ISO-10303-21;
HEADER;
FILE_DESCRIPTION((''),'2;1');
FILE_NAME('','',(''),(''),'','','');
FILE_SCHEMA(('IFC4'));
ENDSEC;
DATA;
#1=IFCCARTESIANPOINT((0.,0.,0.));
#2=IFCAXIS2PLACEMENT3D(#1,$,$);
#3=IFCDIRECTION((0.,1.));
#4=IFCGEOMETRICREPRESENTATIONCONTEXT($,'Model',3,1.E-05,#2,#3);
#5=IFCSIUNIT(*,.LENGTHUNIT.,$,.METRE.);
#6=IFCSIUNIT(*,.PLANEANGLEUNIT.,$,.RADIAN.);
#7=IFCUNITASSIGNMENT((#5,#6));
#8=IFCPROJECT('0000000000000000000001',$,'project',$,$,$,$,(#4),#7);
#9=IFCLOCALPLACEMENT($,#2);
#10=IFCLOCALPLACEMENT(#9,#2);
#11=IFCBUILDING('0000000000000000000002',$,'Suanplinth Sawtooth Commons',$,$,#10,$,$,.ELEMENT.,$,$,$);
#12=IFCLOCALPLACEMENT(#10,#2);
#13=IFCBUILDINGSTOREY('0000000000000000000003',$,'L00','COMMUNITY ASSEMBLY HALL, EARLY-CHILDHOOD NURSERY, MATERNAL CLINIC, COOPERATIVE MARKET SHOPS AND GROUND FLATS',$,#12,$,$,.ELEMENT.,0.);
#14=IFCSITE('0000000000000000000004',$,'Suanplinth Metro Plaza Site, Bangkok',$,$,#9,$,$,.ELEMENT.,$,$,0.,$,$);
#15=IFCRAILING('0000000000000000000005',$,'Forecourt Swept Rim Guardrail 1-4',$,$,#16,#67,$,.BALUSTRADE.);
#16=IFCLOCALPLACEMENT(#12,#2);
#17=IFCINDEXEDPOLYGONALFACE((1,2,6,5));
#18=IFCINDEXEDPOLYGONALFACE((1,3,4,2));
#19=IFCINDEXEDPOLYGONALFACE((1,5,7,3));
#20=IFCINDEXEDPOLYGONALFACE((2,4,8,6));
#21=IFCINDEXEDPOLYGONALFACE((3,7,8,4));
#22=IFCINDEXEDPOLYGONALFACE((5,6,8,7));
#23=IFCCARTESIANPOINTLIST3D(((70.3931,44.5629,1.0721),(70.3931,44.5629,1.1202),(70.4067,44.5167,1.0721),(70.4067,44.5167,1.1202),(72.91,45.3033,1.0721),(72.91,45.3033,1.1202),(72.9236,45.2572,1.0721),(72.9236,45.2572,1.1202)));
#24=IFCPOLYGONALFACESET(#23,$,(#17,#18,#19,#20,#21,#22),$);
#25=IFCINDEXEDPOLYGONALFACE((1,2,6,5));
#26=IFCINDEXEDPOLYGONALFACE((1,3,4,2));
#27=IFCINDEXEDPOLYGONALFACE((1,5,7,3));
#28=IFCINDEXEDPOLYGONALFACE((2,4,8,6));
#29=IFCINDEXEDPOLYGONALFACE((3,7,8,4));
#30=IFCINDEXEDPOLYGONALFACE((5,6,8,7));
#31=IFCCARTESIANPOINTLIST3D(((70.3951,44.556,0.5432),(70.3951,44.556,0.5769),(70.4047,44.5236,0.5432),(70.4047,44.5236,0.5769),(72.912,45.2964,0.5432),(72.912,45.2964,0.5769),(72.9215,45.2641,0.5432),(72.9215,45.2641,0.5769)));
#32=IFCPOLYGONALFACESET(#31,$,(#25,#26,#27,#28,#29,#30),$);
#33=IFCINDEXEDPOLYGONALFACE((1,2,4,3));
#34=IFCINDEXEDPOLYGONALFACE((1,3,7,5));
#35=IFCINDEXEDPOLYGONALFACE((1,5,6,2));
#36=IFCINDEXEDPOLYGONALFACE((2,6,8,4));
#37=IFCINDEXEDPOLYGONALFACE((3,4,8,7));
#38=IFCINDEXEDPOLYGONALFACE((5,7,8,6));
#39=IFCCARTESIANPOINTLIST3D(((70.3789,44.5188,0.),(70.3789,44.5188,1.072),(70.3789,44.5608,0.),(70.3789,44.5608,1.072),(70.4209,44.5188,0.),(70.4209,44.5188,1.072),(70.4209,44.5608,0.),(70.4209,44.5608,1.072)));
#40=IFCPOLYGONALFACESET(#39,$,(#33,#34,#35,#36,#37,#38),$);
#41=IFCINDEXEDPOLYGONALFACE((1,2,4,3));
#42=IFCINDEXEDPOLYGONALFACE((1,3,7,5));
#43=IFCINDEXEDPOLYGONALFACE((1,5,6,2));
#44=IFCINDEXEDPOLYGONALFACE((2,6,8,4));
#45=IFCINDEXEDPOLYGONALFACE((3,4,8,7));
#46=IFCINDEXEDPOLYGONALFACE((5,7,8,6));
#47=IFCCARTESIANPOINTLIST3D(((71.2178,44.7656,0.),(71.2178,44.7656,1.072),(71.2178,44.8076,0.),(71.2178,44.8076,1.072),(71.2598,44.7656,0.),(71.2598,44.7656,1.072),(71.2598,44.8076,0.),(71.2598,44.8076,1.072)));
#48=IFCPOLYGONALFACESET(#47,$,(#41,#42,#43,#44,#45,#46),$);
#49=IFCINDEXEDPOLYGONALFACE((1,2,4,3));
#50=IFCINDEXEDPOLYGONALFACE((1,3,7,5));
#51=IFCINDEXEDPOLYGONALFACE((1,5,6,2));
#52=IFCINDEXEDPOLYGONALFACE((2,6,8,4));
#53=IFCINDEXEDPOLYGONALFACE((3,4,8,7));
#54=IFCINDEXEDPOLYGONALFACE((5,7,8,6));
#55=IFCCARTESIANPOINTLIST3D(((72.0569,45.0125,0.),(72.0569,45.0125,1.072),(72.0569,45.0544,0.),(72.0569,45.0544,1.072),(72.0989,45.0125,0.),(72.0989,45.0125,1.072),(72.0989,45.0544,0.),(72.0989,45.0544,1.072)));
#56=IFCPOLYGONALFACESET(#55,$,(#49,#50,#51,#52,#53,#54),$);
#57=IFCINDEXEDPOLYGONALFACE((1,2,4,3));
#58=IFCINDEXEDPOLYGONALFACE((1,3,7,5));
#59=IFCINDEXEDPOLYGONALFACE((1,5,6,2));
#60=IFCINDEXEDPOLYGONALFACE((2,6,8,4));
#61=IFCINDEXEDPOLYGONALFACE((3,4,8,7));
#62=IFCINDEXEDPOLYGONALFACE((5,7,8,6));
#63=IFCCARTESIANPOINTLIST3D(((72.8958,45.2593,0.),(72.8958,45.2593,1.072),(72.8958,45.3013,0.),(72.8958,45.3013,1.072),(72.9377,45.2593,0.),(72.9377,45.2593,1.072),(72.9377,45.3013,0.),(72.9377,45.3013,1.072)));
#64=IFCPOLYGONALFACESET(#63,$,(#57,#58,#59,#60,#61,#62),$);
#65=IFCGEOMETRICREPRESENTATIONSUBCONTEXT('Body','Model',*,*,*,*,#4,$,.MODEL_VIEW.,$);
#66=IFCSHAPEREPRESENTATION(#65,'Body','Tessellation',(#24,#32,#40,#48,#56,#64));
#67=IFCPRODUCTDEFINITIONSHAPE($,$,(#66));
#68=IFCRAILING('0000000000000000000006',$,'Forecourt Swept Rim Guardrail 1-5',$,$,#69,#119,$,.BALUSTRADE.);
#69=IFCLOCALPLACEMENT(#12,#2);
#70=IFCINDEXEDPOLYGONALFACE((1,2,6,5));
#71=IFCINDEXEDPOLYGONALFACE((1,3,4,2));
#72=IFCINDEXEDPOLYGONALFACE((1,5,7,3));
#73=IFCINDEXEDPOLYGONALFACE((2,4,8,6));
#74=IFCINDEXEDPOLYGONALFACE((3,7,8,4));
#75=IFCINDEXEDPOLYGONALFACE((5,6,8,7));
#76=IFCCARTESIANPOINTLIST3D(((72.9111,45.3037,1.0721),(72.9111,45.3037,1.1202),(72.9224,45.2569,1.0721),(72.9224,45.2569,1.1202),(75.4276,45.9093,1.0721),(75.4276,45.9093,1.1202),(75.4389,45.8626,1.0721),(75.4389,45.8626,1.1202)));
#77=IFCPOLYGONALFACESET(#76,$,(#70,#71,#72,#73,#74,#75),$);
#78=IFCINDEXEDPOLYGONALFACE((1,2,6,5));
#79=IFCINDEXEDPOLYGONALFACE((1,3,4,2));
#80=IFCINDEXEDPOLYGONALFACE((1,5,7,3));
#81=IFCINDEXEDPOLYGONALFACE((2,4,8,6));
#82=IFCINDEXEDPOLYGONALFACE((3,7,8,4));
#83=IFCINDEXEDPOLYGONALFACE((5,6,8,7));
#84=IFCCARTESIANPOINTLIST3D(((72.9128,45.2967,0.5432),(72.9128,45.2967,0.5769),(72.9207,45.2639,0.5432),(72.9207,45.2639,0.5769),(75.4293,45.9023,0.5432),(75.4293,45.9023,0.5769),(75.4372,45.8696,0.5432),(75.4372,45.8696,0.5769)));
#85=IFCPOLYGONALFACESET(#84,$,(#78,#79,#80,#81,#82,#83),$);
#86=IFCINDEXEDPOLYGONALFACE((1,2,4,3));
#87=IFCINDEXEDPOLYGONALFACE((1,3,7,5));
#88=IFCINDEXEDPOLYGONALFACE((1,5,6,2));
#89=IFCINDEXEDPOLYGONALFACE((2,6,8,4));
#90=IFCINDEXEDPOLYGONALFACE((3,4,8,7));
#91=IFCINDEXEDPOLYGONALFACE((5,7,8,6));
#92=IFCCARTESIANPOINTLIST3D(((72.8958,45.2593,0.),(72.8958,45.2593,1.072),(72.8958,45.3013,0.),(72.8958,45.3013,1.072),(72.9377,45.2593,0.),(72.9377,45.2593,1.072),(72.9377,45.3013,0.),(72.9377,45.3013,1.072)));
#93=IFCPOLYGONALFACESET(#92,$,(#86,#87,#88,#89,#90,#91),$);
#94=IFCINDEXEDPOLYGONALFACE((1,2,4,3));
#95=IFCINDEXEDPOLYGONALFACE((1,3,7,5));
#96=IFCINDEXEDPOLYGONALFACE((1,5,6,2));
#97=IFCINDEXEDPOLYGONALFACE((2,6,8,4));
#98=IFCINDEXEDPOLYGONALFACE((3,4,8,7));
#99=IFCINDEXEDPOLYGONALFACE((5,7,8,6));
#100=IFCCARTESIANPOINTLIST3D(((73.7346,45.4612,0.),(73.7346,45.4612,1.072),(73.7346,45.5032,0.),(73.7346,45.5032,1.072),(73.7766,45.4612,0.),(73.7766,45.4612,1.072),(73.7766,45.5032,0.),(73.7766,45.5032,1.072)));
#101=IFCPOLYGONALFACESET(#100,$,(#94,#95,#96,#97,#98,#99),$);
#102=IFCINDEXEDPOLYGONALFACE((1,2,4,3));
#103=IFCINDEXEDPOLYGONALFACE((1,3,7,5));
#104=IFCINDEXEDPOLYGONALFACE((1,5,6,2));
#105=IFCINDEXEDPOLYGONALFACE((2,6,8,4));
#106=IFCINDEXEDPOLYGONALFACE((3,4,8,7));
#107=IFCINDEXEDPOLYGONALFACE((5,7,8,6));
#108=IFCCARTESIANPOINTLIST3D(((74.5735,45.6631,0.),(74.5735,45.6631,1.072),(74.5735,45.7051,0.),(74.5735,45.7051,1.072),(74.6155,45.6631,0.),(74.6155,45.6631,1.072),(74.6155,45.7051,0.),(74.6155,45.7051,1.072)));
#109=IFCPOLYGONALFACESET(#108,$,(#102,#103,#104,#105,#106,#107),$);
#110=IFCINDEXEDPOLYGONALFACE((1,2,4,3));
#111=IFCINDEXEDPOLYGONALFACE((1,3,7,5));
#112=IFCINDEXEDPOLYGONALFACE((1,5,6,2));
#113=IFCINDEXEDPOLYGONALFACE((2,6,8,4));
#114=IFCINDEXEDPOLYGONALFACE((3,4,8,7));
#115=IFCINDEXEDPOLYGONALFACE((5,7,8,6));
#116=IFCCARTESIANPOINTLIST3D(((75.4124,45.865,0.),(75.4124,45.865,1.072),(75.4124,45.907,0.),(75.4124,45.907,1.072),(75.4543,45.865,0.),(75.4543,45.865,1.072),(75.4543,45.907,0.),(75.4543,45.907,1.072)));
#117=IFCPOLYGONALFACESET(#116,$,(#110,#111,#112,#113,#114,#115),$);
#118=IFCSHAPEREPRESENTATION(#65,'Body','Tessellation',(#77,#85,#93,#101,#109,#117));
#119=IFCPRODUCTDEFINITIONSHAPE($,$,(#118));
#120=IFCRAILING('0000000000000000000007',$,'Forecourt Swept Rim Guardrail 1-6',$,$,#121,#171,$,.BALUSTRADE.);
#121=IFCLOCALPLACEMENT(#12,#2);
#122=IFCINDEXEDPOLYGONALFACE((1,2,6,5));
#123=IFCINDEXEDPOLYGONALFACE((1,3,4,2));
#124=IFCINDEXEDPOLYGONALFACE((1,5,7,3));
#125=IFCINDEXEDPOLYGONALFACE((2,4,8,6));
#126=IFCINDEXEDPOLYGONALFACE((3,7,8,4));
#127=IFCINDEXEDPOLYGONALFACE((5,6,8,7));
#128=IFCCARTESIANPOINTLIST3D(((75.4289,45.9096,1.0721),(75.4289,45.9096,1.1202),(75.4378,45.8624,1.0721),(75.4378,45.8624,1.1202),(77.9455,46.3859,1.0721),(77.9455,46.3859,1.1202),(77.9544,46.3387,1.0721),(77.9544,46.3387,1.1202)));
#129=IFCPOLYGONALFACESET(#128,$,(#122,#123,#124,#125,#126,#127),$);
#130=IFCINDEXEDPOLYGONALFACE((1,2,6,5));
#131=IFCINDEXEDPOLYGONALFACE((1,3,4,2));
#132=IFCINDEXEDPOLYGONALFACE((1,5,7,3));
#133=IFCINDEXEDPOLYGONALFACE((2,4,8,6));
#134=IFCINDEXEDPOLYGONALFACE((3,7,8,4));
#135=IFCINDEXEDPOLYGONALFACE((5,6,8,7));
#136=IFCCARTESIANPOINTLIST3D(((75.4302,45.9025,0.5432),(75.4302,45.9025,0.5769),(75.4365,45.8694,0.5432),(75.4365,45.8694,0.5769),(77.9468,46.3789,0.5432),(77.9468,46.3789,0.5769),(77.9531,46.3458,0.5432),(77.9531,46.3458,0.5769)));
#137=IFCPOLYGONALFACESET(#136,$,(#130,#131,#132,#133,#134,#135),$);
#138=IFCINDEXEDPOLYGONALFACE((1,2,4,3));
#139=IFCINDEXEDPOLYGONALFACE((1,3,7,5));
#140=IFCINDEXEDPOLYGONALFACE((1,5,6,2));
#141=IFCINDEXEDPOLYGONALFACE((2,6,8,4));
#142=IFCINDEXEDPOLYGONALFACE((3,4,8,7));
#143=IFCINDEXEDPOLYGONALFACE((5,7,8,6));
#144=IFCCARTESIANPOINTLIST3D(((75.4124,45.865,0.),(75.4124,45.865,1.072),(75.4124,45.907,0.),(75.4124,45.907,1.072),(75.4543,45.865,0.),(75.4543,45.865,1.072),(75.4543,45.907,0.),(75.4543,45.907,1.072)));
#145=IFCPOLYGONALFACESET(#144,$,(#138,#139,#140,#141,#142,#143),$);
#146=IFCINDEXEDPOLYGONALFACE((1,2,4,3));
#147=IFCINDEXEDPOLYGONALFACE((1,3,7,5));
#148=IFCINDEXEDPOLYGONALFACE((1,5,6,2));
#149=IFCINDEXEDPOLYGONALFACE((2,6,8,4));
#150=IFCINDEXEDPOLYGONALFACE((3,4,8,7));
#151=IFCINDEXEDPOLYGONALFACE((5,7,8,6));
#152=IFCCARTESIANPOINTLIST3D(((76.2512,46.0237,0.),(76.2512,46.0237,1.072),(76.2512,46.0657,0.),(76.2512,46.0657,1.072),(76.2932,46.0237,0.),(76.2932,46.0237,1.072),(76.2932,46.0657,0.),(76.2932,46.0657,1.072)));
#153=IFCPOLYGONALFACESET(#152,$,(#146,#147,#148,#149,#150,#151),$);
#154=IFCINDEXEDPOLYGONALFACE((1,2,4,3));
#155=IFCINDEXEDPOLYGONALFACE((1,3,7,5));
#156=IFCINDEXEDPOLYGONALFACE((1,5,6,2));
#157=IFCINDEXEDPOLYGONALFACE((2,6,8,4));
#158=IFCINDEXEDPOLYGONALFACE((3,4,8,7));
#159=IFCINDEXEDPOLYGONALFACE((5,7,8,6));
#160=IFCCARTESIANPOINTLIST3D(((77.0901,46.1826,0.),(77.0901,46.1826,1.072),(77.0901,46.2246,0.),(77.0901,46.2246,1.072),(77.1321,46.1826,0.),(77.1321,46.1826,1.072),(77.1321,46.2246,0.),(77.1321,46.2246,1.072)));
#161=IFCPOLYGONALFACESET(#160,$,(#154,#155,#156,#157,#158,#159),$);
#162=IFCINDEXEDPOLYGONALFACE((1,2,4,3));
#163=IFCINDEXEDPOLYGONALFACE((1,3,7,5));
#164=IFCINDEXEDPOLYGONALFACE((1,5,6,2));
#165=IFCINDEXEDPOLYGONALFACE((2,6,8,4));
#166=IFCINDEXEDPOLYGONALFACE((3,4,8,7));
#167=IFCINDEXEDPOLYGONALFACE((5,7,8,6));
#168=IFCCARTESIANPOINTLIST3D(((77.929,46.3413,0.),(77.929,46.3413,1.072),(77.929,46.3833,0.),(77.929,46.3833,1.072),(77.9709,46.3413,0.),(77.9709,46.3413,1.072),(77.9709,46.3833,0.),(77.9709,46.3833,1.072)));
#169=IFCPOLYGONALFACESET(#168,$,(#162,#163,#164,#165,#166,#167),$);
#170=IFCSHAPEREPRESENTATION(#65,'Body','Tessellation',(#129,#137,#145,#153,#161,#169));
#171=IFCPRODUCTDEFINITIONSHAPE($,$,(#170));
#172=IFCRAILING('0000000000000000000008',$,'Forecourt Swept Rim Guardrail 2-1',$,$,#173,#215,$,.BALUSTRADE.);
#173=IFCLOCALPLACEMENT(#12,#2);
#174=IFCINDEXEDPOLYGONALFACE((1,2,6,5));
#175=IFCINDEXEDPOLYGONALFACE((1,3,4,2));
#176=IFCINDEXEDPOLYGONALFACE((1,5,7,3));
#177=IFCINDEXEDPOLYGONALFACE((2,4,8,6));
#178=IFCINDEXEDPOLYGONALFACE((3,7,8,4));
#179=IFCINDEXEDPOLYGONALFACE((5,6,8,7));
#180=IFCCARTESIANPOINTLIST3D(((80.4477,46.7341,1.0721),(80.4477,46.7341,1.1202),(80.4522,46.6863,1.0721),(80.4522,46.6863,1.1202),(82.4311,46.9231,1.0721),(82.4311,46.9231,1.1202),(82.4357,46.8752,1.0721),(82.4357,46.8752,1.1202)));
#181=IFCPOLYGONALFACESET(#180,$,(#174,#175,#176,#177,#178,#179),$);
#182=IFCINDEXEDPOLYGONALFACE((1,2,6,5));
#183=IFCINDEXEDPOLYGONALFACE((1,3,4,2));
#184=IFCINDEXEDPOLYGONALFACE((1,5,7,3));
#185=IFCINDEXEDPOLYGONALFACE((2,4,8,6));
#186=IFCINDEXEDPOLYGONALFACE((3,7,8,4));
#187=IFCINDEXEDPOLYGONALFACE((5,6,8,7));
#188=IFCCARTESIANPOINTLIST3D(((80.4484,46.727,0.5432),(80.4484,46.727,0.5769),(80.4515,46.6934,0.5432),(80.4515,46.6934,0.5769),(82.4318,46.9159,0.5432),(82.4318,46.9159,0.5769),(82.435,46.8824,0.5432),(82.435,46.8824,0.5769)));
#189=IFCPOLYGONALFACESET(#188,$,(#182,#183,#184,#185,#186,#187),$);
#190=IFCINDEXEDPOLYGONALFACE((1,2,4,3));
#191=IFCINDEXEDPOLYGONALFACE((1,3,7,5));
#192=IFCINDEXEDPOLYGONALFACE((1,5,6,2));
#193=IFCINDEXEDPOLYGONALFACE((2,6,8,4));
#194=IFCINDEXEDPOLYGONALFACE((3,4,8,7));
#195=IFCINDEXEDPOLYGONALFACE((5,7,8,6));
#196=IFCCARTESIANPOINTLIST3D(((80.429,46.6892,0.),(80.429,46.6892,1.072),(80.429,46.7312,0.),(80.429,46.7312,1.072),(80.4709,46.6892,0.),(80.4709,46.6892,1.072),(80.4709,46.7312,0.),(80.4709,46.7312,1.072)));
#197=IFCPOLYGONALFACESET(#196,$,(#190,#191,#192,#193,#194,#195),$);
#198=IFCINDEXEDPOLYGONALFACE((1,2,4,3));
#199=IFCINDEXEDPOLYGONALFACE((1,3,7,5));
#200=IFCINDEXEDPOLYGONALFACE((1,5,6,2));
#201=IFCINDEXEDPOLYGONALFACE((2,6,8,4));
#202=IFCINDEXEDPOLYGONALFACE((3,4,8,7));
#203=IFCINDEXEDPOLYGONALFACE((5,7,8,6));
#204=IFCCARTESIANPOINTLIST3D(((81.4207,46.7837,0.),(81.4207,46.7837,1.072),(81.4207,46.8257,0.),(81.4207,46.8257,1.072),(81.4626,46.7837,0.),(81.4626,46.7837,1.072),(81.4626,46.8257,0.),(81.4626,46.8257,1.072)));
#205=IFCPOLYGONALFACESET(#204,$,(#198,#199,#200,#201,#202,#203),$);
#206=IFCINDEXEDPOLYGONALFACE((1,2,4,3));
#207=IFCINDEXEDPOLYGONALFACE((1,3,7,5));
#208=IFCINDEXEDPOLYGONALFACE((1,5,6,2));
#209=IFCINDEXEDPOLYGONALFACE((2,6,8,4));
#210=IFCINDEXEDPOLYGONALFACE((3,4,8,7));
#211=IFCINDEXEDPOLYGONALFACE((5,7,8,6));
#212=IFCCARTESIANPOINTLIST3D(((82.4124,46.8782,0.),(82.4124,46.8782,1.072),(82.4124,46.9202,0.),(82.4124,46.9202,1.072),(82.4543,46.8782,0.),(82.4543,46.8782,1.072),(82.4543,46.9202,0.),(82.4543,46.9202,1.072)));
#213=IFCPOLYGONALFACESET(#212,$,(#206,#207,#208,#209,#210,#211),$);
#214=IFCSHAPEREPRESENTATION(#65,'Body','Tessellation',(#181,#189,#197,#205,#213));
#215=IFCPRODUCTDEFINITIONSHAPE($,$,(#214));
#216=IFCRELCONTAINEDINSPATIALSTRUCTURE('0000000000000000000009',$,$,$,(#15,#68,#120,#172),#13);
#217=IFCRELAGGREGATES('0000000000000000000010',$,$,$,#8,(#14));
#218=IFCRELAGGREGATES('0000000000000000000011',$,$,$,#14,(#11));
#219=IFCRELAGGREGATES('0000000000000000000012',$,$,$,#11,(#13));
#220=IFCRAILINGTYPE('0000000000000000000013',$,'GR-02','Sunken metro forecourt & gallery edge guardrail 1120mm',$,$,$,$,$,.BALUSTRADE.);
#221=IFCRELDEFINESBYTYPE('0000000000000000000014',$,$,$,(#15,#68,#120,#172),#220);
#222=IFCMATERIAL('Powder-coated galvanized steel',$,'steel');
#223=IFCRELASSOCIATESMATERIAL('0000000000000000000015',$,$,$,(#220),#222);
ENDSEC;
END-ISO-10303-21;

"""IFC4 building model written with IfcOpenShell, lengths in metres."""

from ifc_helpers import new_model, si_unit, direction, frame, origin, origin_2d, place, context, subcontext, project, spatial, rectangle, extrude, material, type_object, element, save


model = new_model("IFC4")

# Units and contexts
model_context = context("Model", 3, precision=1e-05, world=origin(), true_north=direction((0.0, 1.0)))
body_context = subcontext(model_context, "Body", "Model", "MODEL_VIEW")
ifc_project = project(units=[si_unit("LENGTHUNIT", "METRE"), si_unit("PLANEANGLEUNIT", "RADIAN")], contexts=[model_context])

# Site, building, storey
site_placement = place(None, origin())
site = spatial("IfcSite", under=ifc_project, at=site_placement, Name="Suanplinth Metro Plaza Site, Bangkok", CompositionType="ELEMENT", RefElevation=0.0)
building_placement = place(site_placement, origin())
building = spatial("IfcBuilding", under=site, at=building_placement, Name="Suanplinth Sawtooth Commons", CompositionType="ELEMENT")
storey_placement = place(building_placement, origin())
storey = spatial("IfcBuildingStorey", under=building, at=storey_placement, Name="L00", Description="COMMUNITY ASSEMBLY HALL, EARLY-CHILDHOOD NURSERY, MATERNAL CLINIC, COOPERATIVE MARKET SHOPS AND GROUND FLATS", CompositionType="ELEMENT", Elevation=0.0)

# Railings
ifc_material_1 = material(Name="Powder-coated galvanized steel", Category="steel")
railing_type = type_object("IfcRailingType", Name="GR-02", Description="Sunken metro forecourt & gallery edge guardrail 1120mm", PredefinedType="BALUSTRADE", material=ifc_material_1)
railing_1_placement = place(storey_placement, frame((70.3999, 44.5398, 0.0)))
element("IfcRailing", 1, at=railing_1_placement, inside=storey, type_object=railing_type, Name="Forecourt Swept Rim Guardrail 1-4", PredefinedType="BALUSTRADE", context=body_context, shape_type="SweptSolid", body=[
    extrude(rectangle(XDim=0.0481, YDim=0.0481, at=origin_2d()), frame((0.0, 0.0, 1.0962), z_axis=(0.959342, 0.282247, 0.0), x_axis=(-0.282247, 0.959342, 0.0)), (0.0, 0.0, 1.0), 2.6235),
    extrude(rectangle(XDim=0.0337, YDim=0.0337, at=origin_2d()), frame((0.0, 0.0, 0.5601), z_axis=(0.959342, 0.282247, 0.0), x_axis=(-0.282247, 0.959342, 0.0)), (0.0, 0.0, 1.0), 2.6235),
    extrude(rectangle(XDim=0.042, YDim=0.042, at=origin_2d()), origin(), (0.0, 0.0, 1.0), 1.072),
    extrude(rectangle(XDim=0.042, YDim=0.042, at=origin_2d()), frame((0.8389, 0.2468, 0.0)), (0.0, 0.0, 1.0), 1.072),
    extrude(rectangle(XDim=0.042, YDim=0.042, at=origin_2d()), frame((1.678, 0.4937, 0.0)), (0.0, 0.0, 1.0), 1.072),
    extrude(rectangle(XDim=0.042, YDim=0.042, at=origin_2d()), frame((2.5168, 0.7405, 0.0)), (0.0, 0.0, 1.0), 1.072),
])
railing_2_placement = place(storey_placement, frame((72.9167, 45.2803, 0.0)))
element("IfcRailing", 2, at=railing_2_placement, inside=storey, type_object=railing_type, Name="Forecourt Swept Rim Guardrail 1-5", PredefinedType="BALUSTRADE", context=body_context, shape_type="SweptSolid", body=[
    extrude(rectangle(XDim=0.0481, YDim=0.0481, at=origin_2d()), frame((0.0, 0.0, 1.0962), z_axis=(0.972236, 0.234004, 0.0), x_axis=(-0.234004, 0.972236, 0.0)), (0.0, 0.0, 1.0), 2.5884),
    extrude(rectangle(XDim=0.0337, YDim=0.0337, at=origin_2d()), frame((0.0, 0.0, 0.5601), z_axis=(0.972236, 0.234004, 0.0), x_axis=(-0.234004, 0.972236, 0.0)), (0.0, 0.0, 1.0), 2.5884),
    extrude(rectangle(XDim=0.042, YDim=0.042, at=origin_2d()), origin(), (0.0, 0.0, 1.0), 1.072),
    extrude(rectangle(XDim=0.042, YDim=0.042, at=origin_2d()), frame((0.8389, 0.2019, 0.0)), (0.0, 0.0, 1.0), 1.072),
    extrude(rectangle(XDim=0.042, YDim=0.042, at=origin_2d()), frame((1.6777, 0.4038, 0.0)), (0.0, 0.0, 1.0), 1.072),
    extrude(rectangle(XDim=0.042, YDim=0.042, at=origin_2d()), frame((2.5166, 0.6057, 0.0)), (0.0, 0.0, 1.0), 1.072),
])
railing_3_placement = place(storey_placement, frame((75.4333, 45.886, 0.0)))
element("IfcRailing", 3, at=railing_3_placement, inside=storey, type_object=railing_type, Name="Forecourt Swept Rim Guardrail 1-6", PredefinedType="BALUSTRADE", context=body_context, shape_type="SweptSolid", body=[
    extrude(rectangle(XDim=0.0481, YDim=0.0481, at=origin_2d()), frame((0.0, 0.0, 1.0962), z_axis=(0.982556, 0.185969, 0.0), x_axis=(-0.185969, 0.982556, 0.0)), (0.0, 0.0, 1.0), 2.5613),
    extrude(rectangle(XDim=0.0337, YDim=0.0337, at=origin_2d()), frame((0.0, 0.0, 0.5601), z_axis=(0.982556, 0.185969, 0.0), x_axis=(-0.185969, 0.982556, 0.0)), (0.0, 0.0, 1.0), 2.5613),
    extrude(rectangle(XDim=0.042, YDim=0.042, at=origin_2d()), origin(), (0.0, 0.0, 1.0), 1.072),
    extrude(rectangle(XDim=0.042, YDim=0.042, at=origin_2d()), frame((0.8389, 0.1587, 0.0)), (0.0, 0.0, 1.0), 1.072),
    extrude(rectangle(XDim=0.042, YDim=0.042, at=origin_2d()), frame((1.6777, 0.3176, 0.0)), (0.0, 0.0, 1.0), 1.072),
    extrude(rectangle(XDim=0.042, YDim=0.042, at=origin_2d()), frame((2.5166, 0.4763, 0.0)), (0.0, 0.0, 1.0), 1.072),
])
railing_4_placement = place(storey_placement, frame((80.45, 46.7102, 0.0)))
element("IfcRailing", 4, at=railing_4_placement, inside=storey, type_object=railing_type, Name="Forecourt Swept Rim Guardrail 2-1", PredefinedType="BALUSTRADE", context=body_context, shape_type="SweptSolid", body=[
    extrude(rectangle(XDim=0.0481, YDim=0.0481, at=origin_2d()), frame((0.0, 0.0, 1.0962), z_axis=(0.995492, 0.094844, 0.0), x_axis=(-0.094844, 0.995492, 0.0)), (0.0, 0.0, 1.0), 1.9924),
    extrude(rectangle(XDim=0.0337, YDim=0.0337, at=origin_2d()), frame((0.0, 0.0, 0.5601), z_axis=(0.995492, 0.094844, 0.0), x_axis=(-0.094844, 0.995492, 0.0)), (0.0, 0.0, 1.0), 1.9924),
    extrude(rectangle(XDim=0.042, YDim=0.042, at=origin_2d()), origin(), (0.0, 0.0, 1.0), 1.072),
    extrude(rectangle(XDim=0.042, YDim=0.042, at=origin_2d()), frame((0.9917, 0.0945, 0.0)), (0.0, 0.0, 1.0), 1.072),
    extrude(rectangle(XDim=0.042, YDim=0.042, at=origin_2d()), frame((1.9834, 0.189, 0.0)), (0.0, 0.0, 1.0), 1.072),
])

save(model, "model.ifc")
